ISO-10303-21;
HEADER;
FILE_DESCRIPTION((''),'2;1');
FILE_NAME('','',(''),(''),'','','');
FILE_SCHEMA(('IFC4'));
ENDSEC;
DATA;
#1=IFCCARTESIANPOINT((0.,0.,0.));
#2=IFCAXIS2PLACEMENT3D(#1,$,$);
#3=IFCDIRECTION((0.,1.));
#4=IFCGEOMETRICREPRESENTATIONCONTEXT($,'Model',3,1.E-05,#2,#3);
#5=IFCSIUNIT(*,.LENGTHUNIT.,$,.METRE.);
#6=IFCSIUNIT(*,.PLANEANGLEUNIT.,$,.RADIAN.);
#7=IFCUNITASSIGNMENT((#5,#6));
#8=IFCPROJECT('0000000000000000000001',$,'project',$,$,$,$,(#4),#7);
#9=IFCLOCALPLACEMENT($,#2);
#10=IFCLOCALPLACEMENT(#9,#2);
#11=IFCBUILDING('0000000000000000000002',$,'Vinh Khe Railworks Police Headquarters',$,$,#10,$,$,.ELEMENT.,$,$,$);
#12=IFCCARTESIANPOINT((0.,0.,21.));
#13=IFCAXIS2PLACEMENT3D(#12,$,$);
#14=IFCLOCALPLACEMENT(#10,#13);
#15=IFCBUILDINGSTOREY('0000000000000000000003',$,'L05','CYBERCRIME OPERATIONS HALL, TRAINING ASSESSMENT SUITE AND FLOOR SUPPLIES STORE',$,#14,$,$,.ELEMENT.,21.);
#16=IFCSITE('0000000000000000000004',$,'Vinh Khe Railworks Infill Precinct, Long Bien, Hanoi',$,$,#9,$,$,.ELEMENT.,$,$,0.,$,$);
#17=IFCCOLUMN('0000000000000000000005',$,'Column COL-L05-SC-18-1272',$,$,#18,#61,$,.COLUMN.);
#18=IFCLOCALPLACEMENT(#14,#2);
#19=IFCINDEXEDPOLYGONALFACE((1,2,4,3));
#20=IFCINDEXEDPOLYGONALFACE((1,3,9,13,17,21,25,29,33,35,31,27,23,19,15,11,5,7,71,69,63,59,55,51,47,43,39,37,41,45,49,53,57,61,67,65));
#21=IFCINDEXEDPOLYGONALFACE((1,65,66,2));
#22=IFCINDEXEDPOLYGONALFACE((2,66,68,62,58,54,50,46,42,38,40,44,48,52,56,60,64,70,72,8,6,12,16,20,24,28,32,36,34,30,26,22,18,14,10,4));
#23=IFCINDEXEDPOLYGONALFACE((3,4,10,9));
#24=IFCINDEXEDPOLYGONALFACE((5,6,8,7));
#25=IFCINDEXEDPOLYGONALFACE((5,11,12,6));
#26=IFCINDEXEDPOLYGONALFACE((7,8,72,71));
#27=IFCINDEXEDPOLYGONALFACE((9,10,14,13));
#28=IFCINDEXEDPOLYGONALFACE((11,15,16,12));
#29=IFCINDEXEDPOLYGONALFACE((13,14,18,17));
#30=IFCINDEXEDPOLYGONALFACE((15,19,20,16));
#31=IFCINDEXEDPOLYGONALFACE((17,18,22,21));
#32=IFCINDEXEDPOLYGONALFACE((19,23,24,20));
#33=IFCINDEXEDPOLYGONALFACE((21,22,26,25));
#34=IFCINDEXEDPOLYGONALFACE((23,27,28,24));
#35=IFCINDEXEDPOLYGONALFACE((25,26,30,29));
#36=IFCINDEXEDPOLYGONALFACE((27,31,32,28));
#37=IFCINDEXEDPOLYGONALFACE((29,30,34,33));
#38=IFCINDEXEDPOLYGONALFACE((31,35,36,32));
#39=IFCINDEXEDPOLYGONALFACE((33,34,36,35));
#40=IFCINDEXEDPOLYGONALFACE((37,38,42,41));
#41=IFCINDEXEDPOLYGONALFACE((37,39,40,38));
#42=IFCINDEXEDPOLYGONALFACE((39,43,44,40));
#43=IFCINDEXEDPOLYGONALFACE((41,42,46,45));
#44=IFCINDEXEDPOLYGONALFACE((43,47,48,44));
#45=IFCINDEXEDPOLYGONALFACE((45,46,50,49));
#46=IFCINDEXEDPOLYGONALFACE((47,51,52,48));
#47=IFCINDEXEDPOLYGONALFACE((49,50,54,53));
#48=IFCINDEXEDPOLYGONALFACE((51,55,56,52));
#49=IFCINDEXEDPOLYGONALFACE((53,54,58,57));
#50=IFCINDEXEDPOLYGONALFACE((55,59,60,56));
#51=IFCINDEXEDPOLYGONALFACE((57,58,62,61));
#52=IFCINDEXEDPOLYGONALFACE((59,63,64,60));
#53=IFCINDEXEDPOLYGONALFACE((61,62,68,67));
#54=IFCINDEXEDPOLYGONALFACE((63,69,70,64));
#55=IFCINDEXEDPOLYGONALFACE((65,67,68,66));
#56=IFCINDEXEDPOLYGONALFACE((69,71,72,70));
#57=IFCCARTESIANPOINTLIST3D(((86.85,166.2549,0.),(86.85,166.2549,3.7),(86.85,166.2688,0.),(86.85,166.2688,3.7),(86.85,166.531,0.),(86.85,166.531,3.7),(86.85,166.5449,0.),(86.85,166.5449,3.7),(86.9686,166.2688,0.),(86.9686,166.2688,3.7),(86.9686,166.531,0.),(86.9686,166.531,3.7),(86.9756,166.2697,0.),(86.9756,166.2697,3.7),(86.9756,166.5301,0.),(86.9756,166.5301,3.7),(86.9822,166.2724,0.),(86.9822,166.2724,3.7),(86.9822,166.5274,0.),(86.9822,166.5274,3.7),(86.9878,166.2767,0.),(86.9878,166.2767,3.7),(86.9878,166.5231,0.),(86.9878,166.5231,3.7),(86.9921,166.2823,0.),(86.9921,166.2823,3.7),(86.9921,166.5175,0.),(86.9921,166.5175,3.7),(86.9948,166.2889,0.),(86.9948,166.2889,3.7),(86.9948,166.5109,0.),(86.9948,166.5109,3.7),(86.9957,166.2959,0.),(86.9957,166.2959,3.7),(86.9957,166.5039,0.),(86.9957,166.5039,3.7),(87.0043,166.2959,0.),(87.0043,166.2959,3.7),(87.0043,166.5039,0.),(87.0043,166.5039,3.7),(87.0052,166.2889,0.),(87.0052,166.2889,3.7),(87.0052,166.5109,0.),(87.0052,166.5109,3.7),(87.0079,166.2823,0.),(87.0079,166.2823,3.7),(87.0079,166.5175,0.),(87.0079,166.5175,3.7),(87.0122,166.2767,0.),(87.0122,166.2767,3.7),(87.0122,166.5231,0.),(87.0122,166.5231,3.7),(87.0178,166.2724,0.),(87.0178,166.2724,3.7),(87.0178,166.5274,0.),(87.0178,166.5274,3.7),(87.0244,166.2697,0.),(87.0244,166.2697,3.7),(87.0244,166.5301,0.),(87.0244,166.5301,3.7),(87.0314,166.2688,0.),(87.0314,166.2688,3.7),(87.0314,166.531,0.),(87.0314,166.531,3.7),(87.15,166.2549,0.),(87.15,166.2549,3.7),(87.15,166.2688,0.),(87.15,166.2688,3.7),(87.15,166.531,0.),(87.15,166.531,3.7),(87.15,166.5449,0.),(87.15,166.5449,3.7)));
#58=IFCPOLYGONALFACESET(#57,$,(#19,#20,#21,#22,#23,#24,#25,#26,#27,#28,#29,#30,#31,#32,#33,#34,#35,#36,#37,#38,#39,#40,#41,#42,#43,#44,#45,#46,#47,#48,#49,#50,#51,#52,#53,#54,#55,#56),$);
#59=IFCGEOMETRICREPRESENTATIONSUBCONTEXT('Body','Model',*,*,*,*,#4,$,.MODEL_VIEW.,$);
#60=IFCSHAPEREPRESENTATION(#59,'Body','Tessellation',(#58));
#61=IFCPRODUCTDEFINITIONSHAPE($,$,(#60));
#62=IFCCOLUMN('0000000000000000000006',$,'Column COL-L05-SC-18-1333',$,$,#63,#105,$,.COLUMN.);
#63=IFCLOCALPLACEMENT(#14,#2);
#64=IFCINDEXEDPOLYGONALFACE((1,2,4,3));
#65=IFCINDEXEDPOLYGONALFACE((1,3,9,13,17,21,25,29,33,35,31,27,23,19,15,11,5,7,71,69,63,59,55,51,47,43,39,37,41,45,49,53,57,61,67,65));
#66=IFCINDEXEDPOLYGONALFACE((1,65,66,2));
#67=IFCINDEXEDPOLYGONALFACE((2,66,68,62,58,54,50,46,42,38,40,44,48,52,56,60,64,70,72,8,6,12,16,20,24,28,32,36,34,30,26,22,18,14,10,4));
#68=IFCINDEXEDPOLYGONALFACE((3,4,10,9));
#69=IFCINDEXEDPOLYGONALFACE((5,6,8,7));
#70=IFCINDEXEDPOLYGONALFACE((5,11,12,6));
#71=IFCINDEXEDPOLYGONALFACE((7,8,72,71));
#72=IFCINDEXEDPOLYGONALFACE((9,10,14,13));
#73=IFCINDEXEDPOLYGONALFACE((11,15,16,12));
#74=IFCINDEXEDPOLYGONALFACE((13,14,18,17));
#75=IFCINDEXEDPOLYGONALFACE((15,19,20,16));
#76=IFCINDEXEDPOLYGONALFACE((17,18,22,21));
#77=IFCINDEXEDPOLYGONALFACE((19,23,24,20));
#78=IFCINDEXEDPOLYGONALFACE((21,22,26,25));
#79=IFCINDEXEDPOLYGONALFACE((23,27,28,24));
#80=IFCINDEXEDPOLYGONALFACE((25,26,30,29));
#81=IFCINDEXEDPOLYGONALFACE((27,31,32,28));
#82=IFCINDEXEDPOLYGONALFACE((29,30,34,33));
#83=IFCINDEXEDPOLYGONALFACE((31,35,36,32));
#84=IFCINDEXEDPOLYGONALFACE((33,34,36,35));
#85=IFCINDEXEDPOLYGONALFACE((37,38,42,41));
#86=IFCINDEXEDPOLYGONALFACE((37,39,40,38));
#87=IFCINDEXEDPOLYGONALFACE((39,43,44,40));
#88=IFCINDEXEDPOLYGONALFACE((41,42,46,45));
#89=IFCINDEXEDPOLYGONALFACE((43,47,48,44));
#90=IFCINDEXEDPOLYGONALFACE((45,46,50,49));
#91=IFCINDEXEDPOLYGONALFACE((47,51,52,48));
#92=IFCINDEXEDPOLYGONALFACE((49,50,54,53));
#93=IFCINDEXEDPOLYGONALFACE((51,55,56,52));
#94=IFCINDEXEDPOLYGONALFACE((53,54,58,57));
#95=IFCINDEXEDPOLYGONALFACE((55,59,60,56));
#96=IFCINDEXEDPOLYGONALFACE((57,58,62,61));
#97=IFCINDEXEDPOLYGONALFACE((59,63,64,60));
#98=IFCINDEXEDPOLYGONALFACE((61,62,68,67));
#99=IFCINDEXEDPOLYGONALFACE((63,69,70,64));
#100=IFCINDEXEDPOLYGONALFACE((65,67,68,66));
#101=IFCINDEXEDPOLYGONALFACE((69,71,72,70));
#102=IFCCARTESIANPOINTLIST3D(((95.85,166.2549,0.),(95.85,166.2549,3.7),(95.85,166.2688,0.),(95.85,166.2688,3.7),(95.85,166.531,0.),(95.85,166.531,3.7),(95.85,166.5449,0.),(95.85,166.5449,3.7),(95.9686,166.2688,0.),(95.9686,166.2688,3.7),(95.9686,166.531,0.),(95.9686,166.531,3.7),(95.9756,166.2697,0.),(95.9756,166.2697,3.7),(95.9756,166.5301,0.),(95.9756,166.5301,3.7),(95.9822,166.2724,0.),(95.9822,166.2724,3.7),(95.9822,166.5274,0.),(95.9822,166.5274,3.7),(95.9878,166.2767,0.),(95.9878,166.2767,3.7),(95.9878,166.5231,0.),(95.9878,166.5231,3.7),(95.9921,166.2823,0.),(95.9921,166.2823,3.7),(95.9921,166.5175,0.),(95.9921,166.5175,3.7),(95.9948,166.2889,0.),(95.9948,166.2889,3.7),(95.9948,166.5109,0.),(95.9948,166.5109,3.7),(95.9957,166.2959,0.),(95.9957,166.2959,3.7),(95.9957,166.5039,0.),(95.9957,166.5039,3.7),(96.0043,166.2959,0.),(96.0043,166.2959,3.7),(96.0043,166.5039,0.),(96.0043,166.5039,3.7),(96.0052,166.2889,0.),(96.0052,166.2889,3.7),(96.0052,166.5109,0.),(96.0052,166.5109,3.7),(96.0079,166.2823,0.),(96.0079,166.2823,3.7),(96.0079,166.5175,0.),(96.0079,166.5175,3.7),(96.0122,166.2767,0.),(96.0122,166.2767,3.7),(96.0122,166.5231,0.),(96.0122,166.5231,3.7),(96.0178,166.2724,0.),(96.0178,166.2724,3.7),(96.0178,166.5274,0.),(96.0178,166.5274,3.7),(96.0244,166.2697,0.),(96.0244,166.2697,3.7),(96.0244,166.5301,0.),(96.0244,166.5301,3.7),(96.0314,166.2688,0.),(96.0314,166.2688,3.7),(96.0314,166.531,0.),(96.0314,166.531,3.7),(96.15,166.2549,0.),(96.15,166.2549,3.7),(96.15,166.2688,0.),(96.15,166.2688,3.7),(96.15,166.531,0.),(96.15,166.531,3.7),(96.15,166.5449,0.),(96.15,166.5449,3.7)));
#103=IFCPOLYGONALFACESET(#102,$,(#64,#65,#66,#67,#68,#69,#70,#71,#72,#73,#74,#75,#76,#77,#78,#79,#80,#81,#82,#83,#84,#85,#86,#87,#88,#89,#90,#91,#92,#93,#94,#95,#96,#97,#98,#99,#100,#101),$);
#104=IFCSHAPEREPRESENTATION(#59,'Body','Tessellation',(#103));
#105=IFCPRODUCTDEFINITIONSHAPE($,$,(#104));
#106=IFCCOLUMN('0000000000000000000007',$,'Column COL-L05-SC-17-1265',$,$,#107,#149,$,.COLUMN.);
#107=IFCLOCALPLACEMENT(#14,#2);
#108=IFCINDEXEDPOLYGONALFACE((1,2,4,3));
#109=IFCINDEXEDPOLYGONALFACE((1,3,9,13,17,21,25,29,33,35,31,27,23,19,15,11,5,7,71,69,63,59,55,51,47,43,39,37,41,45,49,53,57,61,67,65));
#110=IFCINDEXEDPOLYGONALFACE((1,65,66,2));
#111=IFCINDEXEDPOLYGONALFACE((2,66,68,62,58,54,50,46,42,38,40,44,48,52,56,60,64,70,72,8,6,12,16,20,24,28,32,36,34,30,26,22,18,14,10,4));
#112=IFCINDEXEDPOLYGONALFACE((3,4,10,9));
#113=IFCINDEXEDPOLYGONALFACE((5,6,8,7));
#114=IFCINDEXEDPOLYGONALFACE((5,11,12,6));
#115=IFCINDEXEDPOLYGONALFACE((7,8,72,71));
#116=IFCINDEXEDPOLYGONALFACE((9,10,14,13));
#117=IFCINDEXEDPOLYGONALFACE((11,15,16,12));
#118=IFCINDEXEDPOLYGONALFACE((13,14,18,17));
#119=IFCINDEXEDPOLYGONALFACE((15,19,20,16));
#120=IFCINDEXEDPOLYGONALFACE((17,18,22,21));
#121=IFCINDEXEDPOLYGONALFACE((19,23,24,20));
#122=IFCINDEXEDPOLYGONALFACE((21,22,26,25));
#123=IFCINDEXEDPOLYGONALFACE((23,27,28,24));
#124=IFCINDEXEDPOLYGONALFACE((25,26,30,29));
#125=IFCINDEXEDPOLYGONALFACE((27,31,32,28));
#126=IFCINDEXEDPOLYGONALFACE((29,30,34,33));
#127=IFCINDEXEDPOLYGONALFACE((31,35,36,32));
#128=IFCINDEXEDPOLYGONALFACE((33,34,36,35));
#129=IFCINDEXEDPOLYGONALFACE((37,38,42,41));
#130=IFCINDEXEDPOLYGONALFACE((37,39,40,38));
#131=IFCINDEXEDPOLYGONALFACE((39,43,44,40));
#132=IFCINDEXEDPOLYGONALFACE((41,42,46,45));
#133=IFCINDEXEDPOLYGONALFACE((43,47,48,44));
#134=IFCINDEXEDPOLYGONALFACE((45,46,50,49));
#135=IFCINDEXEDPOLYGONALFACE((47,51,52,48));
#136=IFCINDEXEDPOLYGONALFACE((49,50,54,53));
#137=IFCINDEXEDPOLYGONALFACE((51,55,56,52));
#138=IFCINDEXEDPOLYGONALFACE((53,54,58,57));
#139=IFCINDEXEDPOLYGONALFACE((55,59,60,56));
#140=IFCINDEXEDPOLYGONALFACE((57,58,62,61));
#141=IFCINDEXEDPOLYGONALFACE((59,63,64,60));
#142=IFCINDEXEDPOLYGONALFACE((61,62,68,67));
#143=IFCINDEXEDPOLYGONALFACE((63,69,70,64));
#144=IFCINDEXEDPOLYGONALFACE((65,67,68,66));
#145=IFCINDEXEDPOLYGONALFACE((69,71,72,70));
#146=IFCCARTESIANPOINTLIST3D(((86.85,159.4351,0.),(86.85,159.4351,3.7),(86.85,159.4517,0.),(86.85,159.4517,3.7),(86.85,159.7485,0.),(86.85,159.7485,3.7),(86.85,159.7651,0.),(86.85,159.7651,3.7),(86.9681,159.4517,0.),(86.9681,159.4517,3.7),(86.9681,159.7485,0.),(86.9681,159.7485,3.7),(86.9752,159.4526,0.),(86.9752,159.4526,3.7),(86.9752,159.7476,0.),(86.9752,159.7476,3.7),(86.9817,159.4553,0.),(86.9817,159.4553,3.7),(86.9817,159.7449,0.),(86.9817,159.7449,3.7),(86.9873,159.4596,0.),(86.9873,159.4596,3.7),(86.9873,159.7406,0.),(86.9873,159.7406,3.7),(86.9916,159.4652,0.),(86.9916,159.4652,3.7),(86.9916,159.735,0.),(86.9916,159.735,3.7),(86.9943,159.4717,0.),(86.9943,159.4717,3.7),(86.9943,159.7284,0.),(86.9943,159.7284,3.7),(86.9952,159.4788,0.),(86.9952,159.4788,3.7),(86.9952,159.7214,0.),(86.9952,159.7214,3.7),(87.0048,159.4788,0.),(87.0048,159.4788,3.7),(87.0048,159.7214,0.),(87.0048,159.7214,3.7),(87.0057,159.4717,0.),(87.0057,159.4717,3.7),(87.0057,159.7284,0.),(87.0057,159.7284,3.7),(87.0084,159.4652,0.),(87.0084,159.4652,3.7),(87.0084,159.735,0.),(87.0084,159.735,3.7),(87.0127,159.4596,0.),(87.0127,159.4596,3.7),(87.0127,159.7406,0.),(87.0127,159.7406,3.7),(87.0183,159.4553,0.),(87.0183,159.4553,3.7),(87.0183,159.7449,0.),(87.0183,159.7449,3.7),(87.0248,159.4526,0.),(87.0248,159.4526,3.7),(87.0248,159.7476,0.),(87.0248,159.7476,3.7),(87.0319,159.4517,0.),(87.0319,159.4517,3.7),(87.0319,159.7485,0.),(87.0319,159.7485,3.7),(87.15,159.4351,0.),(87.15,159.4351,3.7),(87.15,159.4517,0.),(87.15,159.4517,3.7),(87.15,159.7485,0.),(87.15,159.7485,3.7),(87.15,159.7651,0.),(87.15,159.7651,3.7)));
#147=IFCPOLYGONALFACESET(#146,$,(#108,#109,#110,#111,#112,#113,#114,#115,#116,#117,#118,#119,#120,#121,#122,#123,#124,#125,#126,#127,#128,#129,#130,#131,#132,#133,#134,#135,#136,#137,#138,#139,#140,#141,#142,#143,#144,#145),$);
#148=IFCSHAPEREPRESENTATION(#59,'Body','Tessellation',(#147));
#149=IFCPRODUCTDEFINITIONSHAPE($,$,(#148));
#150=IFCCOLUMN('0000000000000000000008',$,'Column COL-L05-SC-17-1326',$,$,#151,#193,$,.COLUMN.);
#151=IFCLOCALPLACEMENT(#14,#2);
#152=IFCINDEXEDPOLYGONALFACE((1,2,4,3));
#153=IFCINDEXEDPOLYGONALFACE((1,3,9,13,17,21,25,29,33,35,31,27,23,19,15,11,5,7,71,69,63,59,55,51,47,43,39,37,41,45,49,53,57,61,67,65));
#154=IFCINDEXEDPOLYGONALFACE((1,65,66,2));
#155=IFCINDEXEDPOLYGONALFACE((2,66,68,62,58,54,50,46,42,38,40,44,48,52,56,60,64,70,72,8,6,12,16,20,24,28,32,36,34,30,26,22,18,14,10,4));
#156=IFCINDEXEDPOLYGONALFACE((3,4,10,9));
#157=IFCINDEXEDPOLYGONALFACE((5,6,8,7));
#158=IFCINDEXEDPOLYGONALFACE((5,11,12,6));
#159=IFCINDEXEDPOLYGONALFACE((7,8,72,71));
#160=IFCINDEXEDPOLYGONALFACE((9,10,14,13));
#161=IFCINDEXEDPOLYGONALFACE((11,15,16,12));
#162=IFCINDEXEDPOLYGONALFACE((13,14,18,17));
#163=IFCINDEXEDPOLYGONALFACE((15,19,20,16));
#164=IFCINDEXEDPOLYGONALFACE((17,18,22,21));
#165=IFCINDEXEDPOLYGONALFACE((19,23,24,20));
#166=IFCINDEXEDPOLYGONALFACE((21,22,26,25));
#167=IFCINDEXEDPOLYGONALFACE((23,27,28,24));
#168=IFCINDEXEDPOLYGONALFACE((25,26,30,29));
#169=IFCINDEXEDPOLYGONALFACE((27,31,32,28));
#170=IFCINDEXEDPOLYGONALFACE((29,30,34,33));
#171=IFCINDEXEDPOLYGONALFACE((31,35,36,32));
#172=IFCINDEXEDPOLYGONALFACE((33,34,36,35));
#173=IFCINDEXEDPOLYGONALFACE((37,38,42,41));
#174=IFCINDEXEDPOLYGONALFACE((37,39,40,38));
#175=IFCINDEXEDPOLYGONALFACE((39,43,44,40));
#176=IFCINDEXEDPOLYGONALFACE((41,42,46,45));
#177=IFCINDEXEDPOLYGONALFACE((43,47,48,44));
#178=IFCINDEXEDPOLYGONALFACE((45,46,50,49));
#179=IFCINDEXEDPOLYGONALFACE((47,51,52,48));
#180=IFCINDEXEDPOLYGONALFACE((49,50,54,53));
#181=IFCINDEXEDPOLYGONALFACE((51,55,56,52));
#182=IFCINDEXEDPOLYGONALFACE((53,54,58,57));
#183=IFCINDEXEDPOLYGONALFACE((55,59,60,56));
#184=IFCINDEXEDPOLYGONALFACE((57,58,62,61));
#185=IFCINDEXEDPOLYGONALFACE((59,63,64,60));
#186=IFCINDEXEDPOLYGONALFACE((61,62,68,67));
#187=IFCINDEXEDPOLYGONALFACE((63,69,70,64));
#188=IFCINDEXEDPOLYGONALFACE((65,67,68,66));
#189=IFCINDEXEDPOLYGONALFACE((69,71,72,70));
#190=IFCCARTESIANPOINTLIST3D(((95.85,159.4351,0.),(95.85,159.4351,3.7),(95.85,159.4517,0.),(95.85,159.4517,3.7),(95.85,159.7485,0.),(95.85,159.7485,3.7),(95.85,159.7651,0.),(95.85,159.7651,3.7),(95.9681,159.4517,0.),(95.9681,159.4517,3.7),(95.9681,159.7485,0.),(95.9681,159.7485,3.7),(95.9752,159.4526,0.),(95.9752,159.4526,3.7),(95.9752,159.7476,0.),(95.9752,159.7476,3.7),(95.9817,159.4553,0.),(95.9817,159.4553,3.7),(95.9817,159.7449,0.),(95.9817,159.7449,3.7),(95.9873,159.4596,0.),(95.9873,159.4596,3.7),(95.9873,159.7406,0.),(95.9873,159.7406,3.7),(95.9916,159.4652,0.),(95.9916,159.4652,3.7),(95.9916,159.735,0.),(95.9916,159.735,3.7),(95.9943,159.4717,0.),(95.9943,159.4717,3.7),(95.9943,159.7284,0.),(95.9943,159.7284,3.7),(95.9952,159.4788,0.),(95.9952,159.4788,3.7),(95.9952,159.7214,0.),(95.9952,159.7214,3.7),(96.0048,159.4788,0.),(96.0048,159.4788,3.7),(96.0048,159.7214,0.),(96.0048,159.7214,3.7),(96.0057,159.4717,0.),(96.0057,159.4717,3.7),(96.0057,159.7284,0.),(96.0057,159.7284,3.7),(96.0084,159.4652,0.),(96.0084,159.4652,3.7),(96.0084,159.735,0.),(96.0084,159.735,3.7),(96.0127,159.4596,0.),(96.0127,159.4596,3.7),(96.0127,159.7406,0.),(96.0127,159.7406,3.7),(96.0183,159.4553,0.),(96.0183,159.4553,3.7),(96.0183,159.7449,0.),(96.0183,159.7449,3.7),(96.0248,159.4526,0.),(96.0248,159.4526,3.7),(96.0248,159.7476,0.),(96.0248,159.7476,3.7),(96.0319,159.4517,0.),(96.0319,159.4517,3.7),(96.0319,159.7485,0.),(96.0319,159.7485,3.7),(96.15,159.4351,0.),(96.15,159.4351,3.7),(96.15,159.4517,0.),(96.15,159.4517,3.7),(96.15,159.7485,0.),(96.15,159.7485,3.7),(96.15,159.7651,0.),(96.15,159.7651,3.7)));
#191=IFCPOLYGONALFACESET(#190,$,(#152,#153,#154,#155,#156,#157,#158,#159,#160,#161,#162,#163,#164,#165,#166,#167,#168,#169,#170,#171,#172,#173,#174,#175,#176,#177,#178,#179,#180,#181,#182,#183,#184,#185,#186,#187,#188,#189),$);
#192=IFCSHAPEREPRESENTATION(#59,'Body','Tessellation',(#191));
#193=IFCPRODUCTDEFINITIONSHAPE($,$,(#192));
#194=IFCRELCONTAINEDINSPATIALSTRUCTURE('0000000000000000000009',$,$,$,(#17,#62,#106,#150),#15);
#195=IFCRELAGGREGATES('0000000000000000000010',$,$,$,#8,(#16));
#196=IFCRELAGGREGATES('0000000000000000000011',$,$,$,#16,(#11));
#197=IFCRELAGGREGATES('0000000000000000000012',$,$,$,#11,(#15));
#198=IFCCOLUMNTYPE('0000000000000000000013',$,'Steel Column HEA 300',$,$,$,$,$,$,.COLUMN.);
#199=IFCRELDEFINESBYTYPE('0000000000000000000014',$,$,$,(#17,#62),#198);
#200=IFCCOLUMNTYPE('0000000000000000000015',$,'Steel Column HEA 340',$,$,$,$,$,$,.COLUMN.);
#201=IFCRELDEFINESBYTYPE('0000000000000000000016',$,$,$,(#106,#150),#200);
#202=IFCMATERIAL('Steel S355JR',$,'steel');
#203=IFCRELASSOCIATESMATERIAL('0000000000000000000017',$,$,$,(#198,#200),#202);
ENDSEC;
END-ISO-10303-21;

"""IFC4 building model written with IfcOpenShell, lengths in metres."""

from ifc_helpers import new_model, si_unit, direction, frame, origin, origin_2d, place, context, subcontext, project, spatial, i_section, extrude, material, material_profile, profile_set, type_object, element, save


model = new_model("IFC4")

# Units and contexts
model_context = context("Model", 3, precision=1e-05, world=origin(), true_north=direction((0.0, 1.0)))
body_context = subcontext(model_context, "Body", "Model", "MODEL_VIEW")
ifc_project = project(units=[si_unit("LENGTHUNIT", "METRE"), si_unit("PLANEANGLEUNIT", "RADIAN")], contexts=[model_context])

# Site, building, storey
site_placement = place(None, origin())
site = spatial("IfcSite", under=ifc_project, at=site_placement, Name="Vinh Khe Railworks Infill Precinct, Long Bien, Hanoi", CompositionType="ELEMENT", RefElevation=0.0)
building_placement = place(site_placement, origin())
building = spatial("IfcBuilding", under=site, at=building_placement, Name="Vinh Khe Railworks Police Headquarters", CompositionType="ELEMENT")
storey_placement = place(building_placement, frame((0.0, 0.0, 21.0)))
storey = spatial("IfcBuildingStorey", under=building, at=storey_placement, Name="L05", Description="CYBERCRIME OPERATIONS HALL, TRAINING ASSESSMENT SUITE AND FLOOR SUPPLIES STORE", CompositionType="ELEMENT", Elevation=21.0)

# Columns
ifc_material_1 = material(Name="Steel S355JR", Category="steel")
ifc_material_profile_1 = material_profile(ifc_material_1, i_section(OverallWidth=0.3, OverallDepth=0.29, WebThickness=0.0085, FlangeThickness=0.0139, FilletRadius=0.0271, at=origin_2d()), Name="HEA 300")
ifc_profile_set_1 = profile_set([ifc_material_profile_1], Name="Steel S355JR")
column_type_1 = type_object("IfcColumnType", Name="Steel Column HEA 300", PredefinedType="COLUMN", material=ifc_profile_set_1)
for number, where, z_axis, x_axis, name in (
    (1, (87.0, 166.3999, 0.0), (0.0, 0.0, 1.0), (1.0, 0.0, 0.0), "Column COL-L05-SC-18-1272"),
    (2, (96.0, 166.3999, 0.0), (0.0, 0.0, 1.0), (1.0, 0.0, 0.0), "Column COL-L05-SC-18-1333"),
):
    element("IfcColumn", number, at=place(storey_placement, frame(where, z_axis=z_axis, x_axis=x_axis)), inside=storey, type_object=column_type_1, Name=name, PredefinedType="COLUMN", context=body_context, shape_type="SweptSolid", body=[
        extrude(i_section(OverallWidth=0.3, OverallDepth=0.29, WebThickness=0.0085, FlangeThickness=0.0139, FilletRadius=0.0271, at=origin_2d()), origin(), (0.0, 0.0, 1.0), 3.7),
    ])
ifc_material_profile_2 = material_profile(ifc_material_1, i_section(OverallWidth=0.3, OverallDepth=0.3301, WebThickness=0.0095, FlangeThickness=0.0166, FilletRadius=0.0271, at=origin_2d()), Name="HEA 340")
ifc_profile_set_2 = profile_set([ifc_material_profile_2], Name="Steel S355JR")
column_type_2 = type_object("IfcColumnType", Name="Steel Column HEA 340", PredefinedType="COLUMN", material=ifc_profile_set_2)
for number, where, z_axis, x_axis, name in (
    (3, (87.0, 159.6001, 0.0), (0.0, 0.0, 1.0), (1.0, 0.0, 0.0), "Column COL-L05-SC-17-1265"),
    (4, (96.0, 159.6001, 0.0), (0.0, 0.0, 1.0), (1.0, 0.0, 0.0), "Column COL-L05-SC-17-1326"),
):
    element("IfcColumn", number, at=place(storey_placement, frame(where, z_axis=z_axis, x_axis=x_axis)), inside=storey, type_object=column_type_2, Name=name, PredefinedType="COLUMN", context=body_context, shape_type="SweptSolid", body=[
        extrude(i_section(OverallWidth=0.3, OverallDepth=0.3301, WebThickness=0.0095, FlangeThickness=0.0166, FilletRadius=0.0271, at=origin_2d()), origin(), (0.0, 0.0, 1.0), 3.7),
    ])

save(model, "model.ifc")
